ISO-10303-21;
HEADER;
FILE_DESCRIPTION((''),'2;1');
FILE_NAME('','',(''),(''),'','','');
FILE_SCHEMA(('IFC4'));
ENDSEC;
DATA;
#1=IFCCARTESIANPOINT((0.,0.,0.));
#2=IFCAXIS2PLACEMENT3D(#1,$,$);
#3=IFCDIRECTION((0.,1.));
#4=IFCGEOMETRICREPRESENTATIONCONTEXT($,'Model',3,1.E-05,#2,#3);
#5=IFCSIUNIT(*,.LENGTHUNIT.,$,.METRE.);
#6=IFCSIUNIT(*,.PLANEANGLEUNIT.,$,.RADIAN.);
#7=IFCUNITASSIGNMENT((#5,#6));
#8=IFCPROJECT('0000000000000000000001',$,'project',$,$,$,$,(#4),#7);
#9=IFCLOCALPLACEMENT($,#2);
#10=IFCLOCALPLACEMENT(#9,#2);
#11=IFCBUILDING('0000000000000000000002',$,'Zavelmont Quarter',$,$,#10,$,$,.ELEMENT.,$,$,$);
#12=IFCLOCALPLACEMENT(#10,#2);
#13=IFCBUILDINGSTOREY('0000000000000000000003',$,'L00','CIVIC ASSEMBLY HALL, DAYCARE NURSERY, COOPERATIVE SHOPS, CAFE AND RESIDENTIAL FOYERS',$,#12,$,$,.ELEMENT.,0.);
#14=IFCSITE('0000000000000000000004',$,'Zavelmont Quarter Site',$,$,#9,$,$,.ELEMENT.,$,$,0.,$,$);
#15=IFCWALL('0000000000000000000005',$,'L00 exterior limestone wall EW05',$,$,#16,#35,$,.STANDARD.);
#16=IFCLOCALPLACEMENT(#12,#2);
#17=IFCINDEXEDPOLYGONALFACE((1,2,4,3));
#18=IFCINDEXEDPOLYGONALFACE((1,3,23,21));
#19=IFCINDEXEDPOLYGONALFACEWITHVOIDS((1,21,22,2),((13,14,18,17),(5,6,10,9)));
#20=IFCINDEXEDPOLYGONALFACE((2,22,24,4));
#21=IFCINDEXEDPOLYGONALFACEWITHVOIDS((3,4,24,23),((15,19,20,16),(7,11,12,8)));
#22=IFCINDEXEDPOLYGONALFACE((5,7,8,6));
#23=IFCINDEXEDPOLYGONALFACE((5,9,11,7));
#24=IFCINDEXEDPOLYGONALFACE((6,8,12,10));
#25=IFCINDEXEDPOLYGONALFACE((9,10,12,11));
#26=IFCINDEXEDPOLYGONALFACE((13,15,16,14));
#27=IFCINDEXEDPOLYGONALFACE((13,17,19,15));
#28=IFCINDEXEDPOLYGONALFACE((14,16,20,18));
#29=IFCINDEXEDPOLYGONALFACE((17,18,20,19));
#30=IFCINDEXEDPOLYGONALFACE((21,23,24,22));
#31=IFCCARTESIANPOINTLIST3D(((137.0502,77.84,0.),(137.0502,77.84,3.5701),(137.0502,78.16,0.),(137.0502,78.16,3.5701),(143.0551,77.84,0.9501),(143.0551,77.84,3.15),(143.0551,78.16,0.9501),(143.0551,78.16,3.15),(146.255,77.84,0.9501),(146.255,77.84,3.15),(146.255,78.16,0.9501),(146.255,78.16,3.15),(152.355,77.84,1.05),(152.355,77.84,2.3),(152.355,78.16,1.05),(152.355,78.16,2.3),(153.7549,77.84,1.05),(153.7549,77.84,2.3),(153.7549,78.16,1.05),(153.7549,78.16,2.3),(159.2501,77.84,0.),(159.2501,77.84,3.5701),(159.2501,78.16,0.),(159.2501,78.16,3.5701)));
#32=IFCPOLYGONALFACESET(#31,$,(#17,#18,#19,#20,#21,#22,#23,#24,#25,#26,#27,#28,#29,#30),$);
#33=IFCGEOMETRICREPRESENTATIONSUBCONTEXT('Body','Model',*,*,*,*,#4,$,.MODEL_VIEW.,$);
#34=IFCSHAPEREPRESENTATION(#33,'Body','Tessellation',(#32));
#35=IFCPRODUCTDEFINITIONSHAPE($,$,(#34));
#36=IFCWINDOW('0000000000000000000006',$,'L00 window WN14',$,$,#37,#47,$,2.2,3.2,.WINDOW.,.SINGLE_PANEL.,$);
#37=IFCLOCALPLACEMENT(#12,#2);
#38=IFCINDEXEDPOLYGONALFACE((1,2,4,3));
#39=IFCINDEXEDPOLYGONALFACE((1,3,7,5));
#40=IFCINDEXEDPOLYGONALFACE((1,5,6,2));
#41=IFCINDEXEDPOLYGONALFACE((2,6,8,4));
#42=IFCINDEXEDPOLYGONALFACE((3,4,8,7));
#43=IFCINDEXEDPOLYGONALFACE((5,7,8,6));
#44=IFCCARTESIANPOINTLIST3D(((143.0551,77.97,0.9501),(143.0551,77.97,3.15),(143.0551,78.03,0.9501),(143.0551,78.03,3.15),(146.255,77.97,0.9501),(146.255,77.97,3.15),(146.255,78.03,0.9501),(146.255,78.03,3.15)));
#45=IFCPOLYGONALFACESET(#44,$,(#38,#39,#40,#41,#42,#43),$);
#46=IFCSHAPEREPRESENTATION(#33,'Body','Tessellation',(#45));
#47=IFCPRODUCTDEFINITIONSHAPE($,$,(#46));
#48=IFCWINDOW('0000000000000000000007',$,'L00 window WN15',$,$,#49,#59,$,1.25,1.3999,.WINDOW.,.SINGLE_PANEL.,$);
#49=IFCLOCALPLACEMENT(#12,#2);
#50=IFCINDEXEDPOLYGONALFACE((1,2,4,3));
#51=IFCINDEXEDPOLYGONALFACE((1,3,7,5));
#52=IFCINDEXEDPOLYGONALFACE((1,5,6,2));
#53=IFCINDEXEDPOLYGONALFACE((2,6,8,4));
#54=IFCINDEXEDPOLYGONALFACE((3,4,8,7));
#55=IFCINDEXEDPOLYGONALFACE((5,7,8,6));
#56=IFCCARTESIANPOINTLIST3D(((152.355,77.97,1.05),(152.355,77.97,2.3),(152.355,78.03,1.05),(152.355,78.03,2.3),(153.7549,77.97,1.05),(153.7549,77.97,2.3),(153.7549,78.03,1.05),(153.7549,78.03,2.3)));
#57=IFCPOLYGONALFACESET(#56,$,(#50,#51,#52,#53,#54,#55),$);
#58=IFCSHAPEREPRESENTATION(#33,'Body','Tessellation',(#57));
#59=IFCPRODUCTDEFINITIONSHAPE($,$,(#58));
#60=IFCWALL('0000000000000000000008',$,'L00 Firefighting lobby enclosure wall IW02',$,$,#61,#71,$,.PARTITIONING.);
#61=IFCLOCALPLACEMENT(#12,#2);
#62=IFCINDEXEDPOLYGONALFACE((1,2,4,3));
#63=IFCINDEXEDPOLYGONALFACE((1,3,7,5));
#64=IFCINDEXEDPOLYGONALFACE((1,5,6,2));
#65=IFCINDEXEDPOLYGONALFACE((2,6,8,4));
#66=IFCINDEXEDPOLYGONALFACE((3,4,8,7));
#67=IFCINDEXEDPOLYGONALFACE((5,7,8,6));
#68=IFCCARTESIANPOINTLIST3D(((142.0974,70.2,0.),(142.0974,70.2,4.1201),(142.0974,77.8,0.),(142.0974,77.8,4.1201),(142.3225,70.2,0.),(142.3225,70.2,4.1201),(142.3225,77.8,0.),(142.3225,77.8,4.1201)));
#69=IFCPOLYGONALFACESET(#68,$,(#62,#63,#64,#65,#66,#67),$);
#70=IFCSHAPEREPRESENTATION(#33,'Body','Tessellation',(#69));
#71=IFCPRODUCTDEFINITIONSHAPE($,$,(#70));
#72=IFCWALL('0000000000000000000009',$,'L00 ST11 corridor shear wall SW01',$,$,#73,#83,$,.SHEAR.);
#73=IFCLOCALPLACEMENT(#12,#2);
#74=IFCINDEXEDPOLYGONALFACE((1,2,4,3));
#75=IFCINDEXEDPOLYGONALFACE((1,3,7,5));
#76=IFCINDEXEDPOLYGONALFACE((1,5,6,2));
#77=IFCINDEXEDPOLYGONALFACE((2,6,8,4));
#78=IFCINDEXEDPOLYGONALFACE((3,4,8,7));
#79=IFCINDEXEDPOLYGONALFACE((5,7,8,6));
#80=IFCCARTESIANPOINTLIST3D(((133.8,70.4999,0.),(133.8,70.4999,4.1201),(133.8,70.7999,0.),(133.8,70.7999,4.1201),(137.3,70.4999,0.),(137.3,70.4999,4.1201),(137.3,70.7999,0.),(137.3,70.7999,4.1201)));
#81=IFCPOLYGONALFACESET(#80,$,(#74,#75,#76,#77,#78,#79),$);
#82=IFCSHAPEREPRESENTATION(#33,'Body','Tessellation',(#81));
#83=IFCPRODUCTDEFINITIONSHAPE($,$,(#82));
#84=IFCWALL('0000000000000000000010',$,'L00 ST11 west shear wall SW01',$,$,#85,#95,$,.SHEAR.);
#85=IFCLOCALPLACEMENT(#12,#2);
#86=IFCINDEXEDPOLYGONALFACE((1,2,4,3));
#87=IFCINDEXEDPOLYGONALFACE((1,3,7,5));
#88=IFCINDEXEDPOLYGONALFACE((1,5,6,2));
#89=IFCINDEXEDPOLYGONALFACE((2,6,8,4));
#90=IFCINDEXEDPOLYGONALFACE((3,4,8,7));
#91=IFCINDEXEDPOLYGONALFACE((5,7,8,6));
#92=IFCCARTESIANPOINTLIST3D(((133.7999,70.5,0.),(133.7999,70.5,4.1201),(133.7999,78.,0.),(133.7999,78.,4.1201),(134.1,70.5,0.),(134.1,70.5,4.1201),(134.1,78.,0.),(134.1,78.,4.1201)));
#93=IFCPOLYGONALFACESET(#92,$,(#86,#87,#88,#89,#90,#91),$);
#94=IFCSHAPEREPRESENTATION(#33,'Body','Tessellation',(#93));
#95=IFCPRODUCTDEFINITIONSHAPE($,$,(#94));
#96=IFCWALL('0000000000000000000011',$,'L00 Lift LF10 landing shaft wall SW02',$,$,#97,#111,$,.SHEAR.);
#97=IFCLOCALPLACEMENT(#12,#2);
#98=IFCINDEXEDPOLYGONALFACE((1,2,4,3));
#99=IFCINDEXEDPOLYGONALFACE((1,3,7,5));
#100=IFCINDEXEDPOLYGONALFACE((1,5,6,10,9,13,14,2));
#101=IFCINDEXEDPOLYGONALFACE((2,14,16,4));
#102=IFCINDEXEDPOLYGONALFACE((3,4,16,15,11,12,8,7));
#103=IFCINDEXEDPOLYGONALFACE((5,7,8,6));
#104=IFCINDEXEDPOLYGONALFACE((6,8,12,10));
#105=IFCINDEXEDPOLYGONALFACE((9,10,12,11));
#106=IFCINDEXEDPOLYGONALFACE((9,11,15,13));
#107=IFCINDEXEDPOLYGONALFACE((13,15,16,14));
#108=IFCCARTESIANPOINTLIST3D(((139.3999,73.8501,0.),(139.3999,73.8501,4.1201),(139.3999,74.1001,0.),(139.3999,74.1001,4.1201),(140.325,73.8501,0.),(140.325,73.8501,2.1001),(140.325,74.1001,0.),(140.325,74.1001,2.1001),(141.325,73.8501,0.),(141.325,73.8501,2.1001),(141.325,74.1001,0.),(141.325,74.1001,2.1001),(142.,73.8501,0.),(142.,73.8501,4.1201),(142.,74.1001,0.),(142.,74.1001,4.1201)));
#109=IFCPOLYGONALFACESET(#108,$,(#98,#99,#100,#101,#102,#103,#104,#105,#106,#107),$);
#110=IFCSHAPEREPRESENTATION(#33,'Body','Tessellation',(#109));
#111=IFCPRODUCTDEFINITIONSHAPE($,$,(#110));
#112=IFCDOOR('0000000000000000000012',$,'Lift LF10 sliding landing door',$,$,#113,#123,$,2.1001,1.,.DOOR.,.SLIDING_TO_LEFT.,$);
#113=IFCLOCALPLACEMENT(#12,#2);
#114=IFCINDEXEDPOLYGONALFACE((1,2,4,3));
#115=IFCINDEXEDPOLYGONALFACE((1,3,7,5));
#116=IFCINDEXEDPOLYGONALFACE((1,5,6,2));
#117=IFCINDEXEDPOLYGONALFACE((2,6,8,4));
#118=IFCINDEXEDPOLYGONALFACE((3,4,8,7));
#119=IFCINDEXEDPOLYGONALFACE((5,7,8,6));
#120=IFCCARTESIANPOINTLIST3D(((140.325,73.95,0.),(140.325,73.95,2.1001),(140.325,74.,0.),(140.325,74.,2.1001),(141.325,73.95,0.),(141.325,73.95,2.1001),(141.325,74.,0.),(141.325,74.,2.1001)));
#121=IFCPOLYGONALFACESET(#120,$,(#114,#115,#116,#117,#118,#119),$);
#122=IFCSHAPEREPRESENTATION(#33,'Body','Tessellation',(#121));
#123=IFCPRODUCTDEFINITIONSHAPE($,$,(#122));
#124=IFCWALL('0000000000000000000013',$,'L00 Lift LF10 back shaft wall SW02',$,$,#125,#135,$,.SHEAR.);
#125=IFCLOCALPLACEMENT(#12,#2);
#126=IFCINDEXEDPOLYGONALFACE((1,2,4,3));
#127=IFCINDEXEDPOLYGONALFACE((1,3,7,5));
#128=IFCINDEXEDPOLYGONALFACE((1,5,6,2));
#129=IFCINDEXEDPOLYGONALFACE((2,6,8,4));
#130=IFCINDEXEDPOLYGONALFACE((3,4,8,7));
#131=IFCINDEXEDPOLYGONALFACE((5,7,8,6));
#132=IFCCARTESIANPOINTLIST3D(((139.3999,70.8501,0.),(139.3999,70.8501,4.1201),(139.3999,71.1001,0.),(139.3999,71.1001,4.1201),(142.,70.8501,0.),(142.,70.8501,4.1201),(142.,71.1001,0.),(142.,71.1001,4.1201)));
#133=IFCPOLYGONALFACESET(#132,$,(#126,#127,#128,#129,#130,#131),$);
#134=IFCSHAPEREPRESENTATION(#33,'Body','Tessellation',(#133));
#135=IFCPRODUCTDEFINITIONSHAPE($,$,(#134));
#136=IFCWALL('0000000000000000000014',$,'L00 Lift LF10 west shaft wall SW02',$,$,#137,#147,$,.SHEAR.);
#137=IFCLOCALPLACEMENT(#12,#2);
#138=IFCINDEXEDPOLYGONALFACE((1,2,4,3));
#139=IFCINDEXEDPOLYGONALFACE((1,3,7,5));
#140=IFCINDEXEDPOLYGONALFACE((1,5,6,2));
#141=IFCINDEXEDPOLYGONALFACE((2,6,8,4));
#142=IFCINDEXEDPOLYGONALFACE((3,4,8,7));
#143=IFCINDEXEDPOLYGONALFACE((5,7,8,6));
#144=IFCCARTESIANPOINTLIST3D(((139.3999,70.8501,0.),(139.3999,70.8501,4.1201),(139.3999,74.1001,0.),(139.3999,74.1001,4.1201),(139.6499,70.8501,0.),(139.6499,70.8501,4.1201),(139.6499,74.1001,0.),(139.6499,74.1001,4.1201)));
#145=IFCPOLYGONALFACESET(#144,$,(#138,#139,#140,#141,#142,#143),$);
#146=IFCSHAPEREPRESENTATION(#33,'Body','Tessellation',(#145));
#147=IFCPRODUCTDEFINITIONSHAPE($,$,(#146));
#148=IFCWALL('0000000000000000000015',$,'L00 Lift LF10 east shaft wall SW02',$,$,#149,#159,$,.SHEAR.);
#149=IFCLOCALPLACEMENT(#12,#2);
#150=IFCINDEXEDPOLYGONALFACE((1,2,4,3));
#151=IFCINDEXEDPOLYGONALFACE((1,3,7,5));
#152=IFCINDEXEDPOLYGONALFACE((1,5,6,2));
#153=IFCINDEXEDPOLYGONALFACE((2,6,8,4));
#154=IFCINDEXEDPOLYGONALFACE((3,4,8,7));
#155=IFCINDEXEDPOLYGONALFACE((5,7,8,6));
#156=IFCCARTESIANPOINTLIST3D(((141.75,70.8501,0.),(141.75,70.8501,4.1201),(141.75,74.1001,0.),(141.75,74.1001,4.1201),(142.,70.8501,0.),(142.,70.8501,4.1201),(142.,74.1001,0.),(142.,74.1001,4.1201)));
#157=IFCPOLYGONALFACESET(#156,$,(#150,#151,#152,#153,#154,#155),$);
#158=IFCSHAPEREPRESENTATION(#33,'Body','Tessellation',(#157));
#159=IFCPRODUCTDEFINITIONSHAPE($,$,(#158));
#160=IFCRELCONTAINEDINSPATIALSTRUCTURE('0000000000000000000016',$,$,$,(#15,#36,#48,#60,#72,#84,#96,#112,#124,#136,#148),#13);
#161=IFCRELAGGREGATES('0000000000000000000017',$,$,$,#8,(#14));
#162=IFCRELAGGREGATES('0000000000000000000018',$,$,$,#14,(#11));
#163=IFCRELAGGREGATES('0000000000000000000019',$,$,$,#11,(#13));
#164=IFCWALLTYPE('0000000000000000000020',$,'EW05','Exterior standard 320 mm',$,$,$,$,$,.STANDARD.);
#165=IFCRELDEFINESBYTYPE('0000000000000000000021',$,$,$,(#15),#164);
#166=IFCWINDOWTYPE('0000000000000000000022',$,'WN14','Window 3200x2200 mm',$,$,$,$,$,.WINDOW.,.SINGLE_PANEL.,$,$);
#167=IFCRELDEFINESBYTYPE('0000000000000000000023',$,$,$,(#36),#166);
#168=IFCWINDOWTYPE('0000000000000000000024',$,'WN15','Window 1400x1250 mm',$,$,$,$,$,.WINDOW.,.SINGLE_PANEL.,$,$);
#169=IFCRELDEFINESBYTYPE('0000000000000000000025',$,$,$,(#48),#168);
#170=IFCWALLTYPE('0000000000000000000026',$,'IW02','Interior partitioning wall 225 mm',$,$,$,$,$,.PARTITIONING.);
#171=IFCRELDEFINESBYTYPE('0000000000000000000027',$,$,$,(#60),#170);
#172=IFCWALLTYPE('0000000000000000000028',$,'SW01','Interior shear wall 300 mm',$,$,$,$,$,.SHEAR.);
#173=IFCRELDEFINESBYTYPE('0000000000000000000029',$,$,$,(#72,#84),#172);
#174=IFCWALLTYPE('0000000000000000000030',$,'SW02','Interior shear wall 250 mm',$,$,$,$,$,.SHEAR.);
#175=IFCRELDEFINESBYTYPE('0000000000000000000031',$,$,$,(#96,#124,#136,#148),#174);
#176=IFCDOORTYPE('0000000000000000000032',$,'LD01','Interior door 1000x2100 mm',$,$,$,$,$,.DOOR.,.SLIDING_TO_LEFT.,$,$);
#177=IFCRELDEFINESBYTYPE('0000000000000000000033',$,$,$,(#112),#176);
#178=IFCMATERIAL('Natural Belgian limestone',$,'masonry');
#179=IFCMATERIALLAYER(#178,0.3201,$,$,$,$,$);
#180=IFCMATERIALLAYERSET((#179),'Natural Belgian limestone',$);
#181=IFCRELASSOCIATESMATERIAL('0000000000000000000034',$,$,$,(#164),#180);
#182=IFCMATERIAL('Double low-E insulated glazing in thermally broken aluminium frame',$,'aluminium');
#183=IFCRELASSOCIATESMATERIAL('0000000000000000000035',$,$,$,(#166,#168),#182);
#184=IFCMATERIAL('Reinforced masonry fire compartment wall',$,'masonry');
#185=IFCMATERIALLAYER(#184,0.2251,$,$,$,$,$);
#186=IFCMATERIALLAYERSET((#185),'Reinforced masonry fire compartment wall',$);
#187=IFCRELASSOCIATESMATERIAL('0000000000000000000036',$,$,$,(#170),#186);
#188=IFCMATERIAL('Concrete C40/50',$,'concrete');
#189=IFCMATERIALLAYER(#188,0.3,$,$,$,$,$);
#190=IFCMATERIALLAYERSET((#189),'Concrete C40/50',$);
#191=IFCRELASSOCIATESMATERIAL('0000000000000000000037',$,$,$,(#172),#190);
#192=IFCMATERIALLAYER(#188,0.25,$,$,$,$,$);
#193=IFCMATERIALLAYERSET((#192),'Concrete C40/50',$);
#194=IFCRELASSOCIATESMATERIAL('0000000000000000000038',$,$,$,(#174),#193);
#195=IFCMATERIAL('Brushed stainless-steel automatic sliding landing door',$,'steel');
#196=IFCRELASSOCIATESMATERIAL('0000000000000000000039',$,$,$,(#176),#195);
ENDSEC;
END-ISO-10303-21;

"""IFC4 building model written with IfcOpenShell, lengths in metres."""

from ifc_helpers import new_model, si_unit, direction, frame, frame_2d, origin, origin_with_axes, place, context, subcontext, project, spatial, rectangle, extrude, material, layer, layer_set, type_object, element, fill, save


model = new_model("IFC4")

# Units and contexts
model_context = context("Model", 3, precision=1e-05, world=origin(), true_north=direction((0.0, 1.0)))
body_context = subcontext(model_context, "Body", "Model", "MODEL_VIEW")
ifc_project = project(units=[si_unit("LENGTHUNIT", "METRE"), si_unit("PLANEANGLEUNIT", "RADIAN")], contexts=[model_context])

# Site, building, storey
site_placement = place(None, origin())
site = spatial("IfcSite", under=ifc_project, at=site_placement, Name="Zavelmont Quarter Site", CompositionType="ELEMENT", RefElevation=0.0)
building_placement = place(site_placement, origin())
building = spatial("IfcBuilding", under=site, at=building_placement, Name="Zavelmont Quarter", CompositionType="ELEMENT")
storey_placement = place(building_placement, origin())
storey = spatial("IfcBuildingStorey", under=building, at=storey_placement, Name="L00", Description="CIVIC ASSEMBLY HALL, DAYCARE NURSERY, COOPERATIVE SHOPS, CAFE AND RESIDENTIAL FOYERS", CompositionType="ELEMENT", Elevation=0.0)

# Wall, openings, windows
ifc_material_1 = material(Name="Natural Belgian limestone", Category="masonry")
ifc_layer_1 = layer(ifc_material_1, 0.3201)
ifc_layer_set_1 = layer_set([ifc_layer_1], Name="Natural Belgian limestone")
wall_type_1 = type_object("IfcWallType", Name="EW05", Description="Exterior standard 320 mm", PredefinedType="STANDARD", material=ifc_layer_set_1)
wall_1_placement = place(storey_placement, frame((137.05, 78.0, 0.0), z_axis=(0.0, 0.0, 1.0), x_axis=(1.0, 0.0, 0.0)))
wall_1 = element("IfcWall", 1, at=wall_1_placement, inside=storey, type_object=wall_type_1, Name="L00 exterior limestone wall EW05", PredefinedType="STANDARD", context=body_context, shape_type="SweptSolid", body=[
    extrude(rectangle(XDim=22.2, YDim=0.3201, at=frame_2d((11.1001, 0.0))), origin(), (0.0, 0.0, 1.0), 3.5701),
])
opening_1_placement = place(wall_1_placement, frame((6.0049, 0.0, 0.95)))
opening_1 = element("IfcOpeningElement", 2, at=opening_1_placement, cuts=wall_1, PredefinedType="OPENING", context=body_context, shape_type="SweptSolid", body=[
    extrude(rectangle(XDim=3.2, YDim=2.2, at=frame_2d((1.6001, 1.1001))), frame((0.0, 0.1719, 0.0), z_axis=(0.0, -1.0, 0.0), x_axis=(1.0, 0.0, 0.0)), (0.0, 0.0, 1.0), 0.344),
])
opening_2_placement = place(wall_1_placement, frame((15.3049, 0.0, 1.05)))
opening_2 = element("IfcOpeningElement", 3, at=opening_2_placement, cuts=wall_1, PredefinedType="OPENING", context=body_context, shape_type="SweptSolid", body=[
    extrude(rectangle(XDim=1.3999, YDim=1.25, at=frame_2d((0.7, 0.625))), frame((0.0, 0.1719, 0.0), z_axis=(0.0, -1.0, 0.0), x_axis=(1.0, 0.0, 0.0)), (0.0, 0.0, 1.0), 0.344),
])
ifc_material_2 = material(Name="Double low-E insulated glazing in thermally broken aluminium frame", Category="aluminium")
window_type_1 = type_object("IfcWindowType", Name="WN14", Description="Window 3200x2200 mm", PartitioningType="SINGLE_PANEL", PredefinedType="WINDOW", material=ifc_material_2)
window_1_placement = place(opening_1_placement, origin_with_axes())
window_1 = element("IfcWindow", 4, at=window_1_placement, inside=storey, type_object=window_type_1, Name="L00 window WN14", OverallHeight=2.2, OverallWidth=3.2, PartitioningType="SINGLE_PANEL", PredefinedType="WINDOW", context=body_context, shape_type="SweptSolid", body=[
    extrude(rectangle(XDim=3.2, YDim=2.2, at=frame_2d((1.6001, 1.1001))), frame((0.0, 0.03, 0.0), z_axis=(0.0, -1.0, 0.0), x_axis=(1.0, 0.0, 0.0)), (0.0, 0.0, 1.0), 0.0601),
])
fill(opening_1, window_1)
window_type_2 = type_object("IfcWindowType", Name="WN15", Description="Window 1400x1250 mm", PartitioningType="SINGLE_PANEL", PredefinedType="WINDOW", material=ifc_material_2)
window_2_placement = place(opening_2_placement, origin_with_axes())
window_2 = element("IfcWindow", 5, at=window_2_placement, inside=storey, type_object=window_type_2, Name="L00 window WN15", OverallHeight=1.25, OverallWidth=1.3999, PartitioningType="SINGLE_PANEL", PredefinedType="WINDOW", context=body_context, shape_type="SweptSolid", body=[
    extrude(rectangle(XDim=1.3999, YDim=1.25, at=frame_2d((0.7, 0.625))), frame((0.0, 0.03, 0.0), z_axis=(0.0, -1.0, 0.0), x_axis=(1.0, 0.0, 0.0)), (0.0, 0.0, 1.0), 0.0601),
])
fill(opening_2, window_2)

# Wall
ifc_material_3 = material(Name="Reinforced masonry fire compartment wall", Category="masonry")
ifc_layer_2 = layer(ifc_material_3, 0.2251)
ifc_layer_set_2 = layer_set([ifc_layer_2], Name="Reinforced masonry fire compartment wall")
wall_type_2 = type_object("IfcWallType", Name="IW02", Description="Interior partitioning wall 225 mm", PredefinedType="PARTITIONING", material=ifc_layer_set_2)
wall_2_placement = place(storey_placement, frame((142.21, 70.2, 0.0), z_axis=(0.0, 0.0, 1.0), x_axis=(0.0, 1.0, 0.0)))
element("IfcWall", 6, at=wall_2_placement, inside=storey, type_object=wall_type_2, Name="L00 Firefighting lobby enclosure wall IW02", PredefinedType="PARTITIONING", context=body_context, shape_type="SweptSolid", body=[
    extrude(rectangle(XDim=7.6001, YDim=0.2251, at=frame_2d((3.8, 0.0))), origin(), (0.0, 0.0, 1.0), 4.1201),
])

# Walls
ifc_material_4 = material(Name="Concrete C40/50", Category="concrete")
ifc_layer_3 = layer(ifc_material_4, 0.3)
ifc_layer_set_3 = layer_set([ifc_layer_3], Name="Concrete C40/50")
wall_type_3 = type_object("IfcWallType", Name="SW01", Description="Interior shear wall 300 mm", PredefinedType="SHEAR", material=ifc_layer_set_3)
wall_3_placement = place(storey_placement, frame((133.8, 70.6499, 0.0), z_axis=(0.0, 0.0, 1.0), x_axis=(1.0, 0.0, 0.0)))
element("IfcWall", 7, at=wall_3_placement, inside=storey, type_object=wall_type_3, Name="L00 ST11 corridor shear wall SW01", PredefinedType="SHEAR", context=body_context, shape_type="SweptSolid", body=[
    extrude(rectangle(XDim=3.5, YDim=0.3, at=frame_2d((1.75, 0.0))), origin(), (0.0, 0.0, 1.0), 4.1201),
])
wall_4_placement = place(storey_placement, frame((133.95, 70.5, 0.0), z_axis=(0.0, 0.0, 1.0), x_axis=(0.0, 1.0, 0.0)))
element("IfcWall", 8, at=wall_4_placement, inside=storey, type_object=wall_type_3, Name="L00 ST11 west shear wall SW01", PredefinedType="SHEAR", context=body_context, shape_type="SweptSolid", body=[
    extrude(rectangle(XDim=7.5, YDim=0.3, at=frame_2d((3.75, 0.0))), origin(), (0.0, 0.0, 1.0), 4.1201),
])

# Wall, opening, door
ifc_layer_4 = layer(ifc_material_4, 0.25)
ifc_layer_set_4 = layer_set([ifc_layer_4], Name="Concrete C40/50")
wall_type_4 = type_object("IfcWallType", Name="SW02", Description="Interior shear wall 250 mm", PredefinedType="SHEAR", material=ifc_layer_set_4)
wall_5_placement = place(storey_placement, frame((139.3999, 73.9751, 0.0), z_axis=(0.0, 0.0, 1.0), x_axis=(1.0, 0.0, 0.0)))
wall_5 = element("IfcWall", 9, at=wall_5_placement, inside=storey, type_object=wall_type_4, Name="L00 Lift LF10 landing shaft wall SW02", PredefinedType="SHEAR", context=body_context, shape_type="SweptSolid", body=[
    extrude(rectangle(XDim=2.6001, YDim=0.25, at=frame_2d((1.3, 0.0))), origin(), (0.0, 0.0, 1.0), 4.1201),
])
opening_3_placement = place(wall_5_placement, frame((0.925, 0.0, 0.0)))
opening_3 = element("IfcOpeningElement", 10, at=opening_3_placement, cuts=wall_5, PredefinedType="OPENING", context=body_context, shape_type="SweptSolid", body=[
    extrude(rectangle(XDim=1.0, YDim=2.1001, at=frame_2d((0.5, 1.05))), frame((0.0, 0.137, 0.0), z_axis=(0.0, -1.0, 0.0), x_axis=(1.0, 0.0, 0.0)), (0.0, 0.0, 1.0), 0.2739),
])
ifc_material_5 = material(Name="Brushed stainless-steel automatic sliding landing door", Category="steel")
door_type_1 = type_object("IfcDoorType", Name="LD01", Description="Interior door 1000x2100 mm", OperationType="SLIDING_TO_LEFT", PredefinedType="DOOR", material=ifc_material_5)
door_1_placement = place(opening_3_placement, origin_with_axes())
door_1 = element("IfcDoor", 11, at=door_1_placement, inside=storey, type_object=door_type_1, Name="Lift LF10 sliding landing door", OperationType="SLIDING_TO_LEFT", OverallHeight=2.1001, OverallWidth=1.0, PredefinedType="DOOR", context=body_context, shape_type="SweptSolid", body=[
    extrude(rectangle(XDim=1.0, YDim=2.1001, at=frame_2d((0.5, 1.05))), frame((0.0, 0.0249, 0.0), z_axis=(0.0, -1.0, 0.0), x_axis=(1.0, 0.0, 0.0)), (0.0, 0.0, 1.0), 0.05),
])
fill(opening_3, door_1)

# Walls
wall_6_placement = place(storey_placement, frame((139.3999, 70.9751, 0.0), z_axis=(0.0, 0.0, 1.0), x_axis=(1.0, 0.0, 0.0)))
element("IfcWall", 12, at=wall_6_placement, inside=storey, type_object=wall_type_4, Name="L00 Lift LF10 back shaft wall SW02", PredefinedType="SHEAR", context=body_context, shape_type="SweptSolid", body=[
    extrude(rectangle(XDim=2.6001, YDim=0.25, at=frame_2d((1.3, 0.0))), origin(), (0.0, 0.0, 1.0), 4.1201),
])
for number, where, z_axis, x_axis, name in (
    (13, (139.5249, 70.8501, 0.0), (0.0, 0.0, 1.0), (0.0, 1.0, 0.0), "L00 Lift LF10 west shaft wall SW02"),
    (14, (141.875, 70.8501, 0.0), (0.0, 0.0, 1.0), (0.0, 1.0, 0.0), "L00 Lift LF10 east shaft wall SW02"),
):
    element("IfcWall", number, at=place(storey_placement, frame(where, z_axis=z_axis, x_axis=x_axis)), inside=storey, type_object=wall_type_4, Name=name, PredefinedType="SHEAR", context=body_context, shape_type="SweptSolid", body=[
        extrude(rectangle(XDim=3.25, YDim=0.25, at=frame_2d((1.625, 0.0))), origin(), (0.0, 0.0, 1.0), 4.1201),
    ])

save(model, "model.ifc")
